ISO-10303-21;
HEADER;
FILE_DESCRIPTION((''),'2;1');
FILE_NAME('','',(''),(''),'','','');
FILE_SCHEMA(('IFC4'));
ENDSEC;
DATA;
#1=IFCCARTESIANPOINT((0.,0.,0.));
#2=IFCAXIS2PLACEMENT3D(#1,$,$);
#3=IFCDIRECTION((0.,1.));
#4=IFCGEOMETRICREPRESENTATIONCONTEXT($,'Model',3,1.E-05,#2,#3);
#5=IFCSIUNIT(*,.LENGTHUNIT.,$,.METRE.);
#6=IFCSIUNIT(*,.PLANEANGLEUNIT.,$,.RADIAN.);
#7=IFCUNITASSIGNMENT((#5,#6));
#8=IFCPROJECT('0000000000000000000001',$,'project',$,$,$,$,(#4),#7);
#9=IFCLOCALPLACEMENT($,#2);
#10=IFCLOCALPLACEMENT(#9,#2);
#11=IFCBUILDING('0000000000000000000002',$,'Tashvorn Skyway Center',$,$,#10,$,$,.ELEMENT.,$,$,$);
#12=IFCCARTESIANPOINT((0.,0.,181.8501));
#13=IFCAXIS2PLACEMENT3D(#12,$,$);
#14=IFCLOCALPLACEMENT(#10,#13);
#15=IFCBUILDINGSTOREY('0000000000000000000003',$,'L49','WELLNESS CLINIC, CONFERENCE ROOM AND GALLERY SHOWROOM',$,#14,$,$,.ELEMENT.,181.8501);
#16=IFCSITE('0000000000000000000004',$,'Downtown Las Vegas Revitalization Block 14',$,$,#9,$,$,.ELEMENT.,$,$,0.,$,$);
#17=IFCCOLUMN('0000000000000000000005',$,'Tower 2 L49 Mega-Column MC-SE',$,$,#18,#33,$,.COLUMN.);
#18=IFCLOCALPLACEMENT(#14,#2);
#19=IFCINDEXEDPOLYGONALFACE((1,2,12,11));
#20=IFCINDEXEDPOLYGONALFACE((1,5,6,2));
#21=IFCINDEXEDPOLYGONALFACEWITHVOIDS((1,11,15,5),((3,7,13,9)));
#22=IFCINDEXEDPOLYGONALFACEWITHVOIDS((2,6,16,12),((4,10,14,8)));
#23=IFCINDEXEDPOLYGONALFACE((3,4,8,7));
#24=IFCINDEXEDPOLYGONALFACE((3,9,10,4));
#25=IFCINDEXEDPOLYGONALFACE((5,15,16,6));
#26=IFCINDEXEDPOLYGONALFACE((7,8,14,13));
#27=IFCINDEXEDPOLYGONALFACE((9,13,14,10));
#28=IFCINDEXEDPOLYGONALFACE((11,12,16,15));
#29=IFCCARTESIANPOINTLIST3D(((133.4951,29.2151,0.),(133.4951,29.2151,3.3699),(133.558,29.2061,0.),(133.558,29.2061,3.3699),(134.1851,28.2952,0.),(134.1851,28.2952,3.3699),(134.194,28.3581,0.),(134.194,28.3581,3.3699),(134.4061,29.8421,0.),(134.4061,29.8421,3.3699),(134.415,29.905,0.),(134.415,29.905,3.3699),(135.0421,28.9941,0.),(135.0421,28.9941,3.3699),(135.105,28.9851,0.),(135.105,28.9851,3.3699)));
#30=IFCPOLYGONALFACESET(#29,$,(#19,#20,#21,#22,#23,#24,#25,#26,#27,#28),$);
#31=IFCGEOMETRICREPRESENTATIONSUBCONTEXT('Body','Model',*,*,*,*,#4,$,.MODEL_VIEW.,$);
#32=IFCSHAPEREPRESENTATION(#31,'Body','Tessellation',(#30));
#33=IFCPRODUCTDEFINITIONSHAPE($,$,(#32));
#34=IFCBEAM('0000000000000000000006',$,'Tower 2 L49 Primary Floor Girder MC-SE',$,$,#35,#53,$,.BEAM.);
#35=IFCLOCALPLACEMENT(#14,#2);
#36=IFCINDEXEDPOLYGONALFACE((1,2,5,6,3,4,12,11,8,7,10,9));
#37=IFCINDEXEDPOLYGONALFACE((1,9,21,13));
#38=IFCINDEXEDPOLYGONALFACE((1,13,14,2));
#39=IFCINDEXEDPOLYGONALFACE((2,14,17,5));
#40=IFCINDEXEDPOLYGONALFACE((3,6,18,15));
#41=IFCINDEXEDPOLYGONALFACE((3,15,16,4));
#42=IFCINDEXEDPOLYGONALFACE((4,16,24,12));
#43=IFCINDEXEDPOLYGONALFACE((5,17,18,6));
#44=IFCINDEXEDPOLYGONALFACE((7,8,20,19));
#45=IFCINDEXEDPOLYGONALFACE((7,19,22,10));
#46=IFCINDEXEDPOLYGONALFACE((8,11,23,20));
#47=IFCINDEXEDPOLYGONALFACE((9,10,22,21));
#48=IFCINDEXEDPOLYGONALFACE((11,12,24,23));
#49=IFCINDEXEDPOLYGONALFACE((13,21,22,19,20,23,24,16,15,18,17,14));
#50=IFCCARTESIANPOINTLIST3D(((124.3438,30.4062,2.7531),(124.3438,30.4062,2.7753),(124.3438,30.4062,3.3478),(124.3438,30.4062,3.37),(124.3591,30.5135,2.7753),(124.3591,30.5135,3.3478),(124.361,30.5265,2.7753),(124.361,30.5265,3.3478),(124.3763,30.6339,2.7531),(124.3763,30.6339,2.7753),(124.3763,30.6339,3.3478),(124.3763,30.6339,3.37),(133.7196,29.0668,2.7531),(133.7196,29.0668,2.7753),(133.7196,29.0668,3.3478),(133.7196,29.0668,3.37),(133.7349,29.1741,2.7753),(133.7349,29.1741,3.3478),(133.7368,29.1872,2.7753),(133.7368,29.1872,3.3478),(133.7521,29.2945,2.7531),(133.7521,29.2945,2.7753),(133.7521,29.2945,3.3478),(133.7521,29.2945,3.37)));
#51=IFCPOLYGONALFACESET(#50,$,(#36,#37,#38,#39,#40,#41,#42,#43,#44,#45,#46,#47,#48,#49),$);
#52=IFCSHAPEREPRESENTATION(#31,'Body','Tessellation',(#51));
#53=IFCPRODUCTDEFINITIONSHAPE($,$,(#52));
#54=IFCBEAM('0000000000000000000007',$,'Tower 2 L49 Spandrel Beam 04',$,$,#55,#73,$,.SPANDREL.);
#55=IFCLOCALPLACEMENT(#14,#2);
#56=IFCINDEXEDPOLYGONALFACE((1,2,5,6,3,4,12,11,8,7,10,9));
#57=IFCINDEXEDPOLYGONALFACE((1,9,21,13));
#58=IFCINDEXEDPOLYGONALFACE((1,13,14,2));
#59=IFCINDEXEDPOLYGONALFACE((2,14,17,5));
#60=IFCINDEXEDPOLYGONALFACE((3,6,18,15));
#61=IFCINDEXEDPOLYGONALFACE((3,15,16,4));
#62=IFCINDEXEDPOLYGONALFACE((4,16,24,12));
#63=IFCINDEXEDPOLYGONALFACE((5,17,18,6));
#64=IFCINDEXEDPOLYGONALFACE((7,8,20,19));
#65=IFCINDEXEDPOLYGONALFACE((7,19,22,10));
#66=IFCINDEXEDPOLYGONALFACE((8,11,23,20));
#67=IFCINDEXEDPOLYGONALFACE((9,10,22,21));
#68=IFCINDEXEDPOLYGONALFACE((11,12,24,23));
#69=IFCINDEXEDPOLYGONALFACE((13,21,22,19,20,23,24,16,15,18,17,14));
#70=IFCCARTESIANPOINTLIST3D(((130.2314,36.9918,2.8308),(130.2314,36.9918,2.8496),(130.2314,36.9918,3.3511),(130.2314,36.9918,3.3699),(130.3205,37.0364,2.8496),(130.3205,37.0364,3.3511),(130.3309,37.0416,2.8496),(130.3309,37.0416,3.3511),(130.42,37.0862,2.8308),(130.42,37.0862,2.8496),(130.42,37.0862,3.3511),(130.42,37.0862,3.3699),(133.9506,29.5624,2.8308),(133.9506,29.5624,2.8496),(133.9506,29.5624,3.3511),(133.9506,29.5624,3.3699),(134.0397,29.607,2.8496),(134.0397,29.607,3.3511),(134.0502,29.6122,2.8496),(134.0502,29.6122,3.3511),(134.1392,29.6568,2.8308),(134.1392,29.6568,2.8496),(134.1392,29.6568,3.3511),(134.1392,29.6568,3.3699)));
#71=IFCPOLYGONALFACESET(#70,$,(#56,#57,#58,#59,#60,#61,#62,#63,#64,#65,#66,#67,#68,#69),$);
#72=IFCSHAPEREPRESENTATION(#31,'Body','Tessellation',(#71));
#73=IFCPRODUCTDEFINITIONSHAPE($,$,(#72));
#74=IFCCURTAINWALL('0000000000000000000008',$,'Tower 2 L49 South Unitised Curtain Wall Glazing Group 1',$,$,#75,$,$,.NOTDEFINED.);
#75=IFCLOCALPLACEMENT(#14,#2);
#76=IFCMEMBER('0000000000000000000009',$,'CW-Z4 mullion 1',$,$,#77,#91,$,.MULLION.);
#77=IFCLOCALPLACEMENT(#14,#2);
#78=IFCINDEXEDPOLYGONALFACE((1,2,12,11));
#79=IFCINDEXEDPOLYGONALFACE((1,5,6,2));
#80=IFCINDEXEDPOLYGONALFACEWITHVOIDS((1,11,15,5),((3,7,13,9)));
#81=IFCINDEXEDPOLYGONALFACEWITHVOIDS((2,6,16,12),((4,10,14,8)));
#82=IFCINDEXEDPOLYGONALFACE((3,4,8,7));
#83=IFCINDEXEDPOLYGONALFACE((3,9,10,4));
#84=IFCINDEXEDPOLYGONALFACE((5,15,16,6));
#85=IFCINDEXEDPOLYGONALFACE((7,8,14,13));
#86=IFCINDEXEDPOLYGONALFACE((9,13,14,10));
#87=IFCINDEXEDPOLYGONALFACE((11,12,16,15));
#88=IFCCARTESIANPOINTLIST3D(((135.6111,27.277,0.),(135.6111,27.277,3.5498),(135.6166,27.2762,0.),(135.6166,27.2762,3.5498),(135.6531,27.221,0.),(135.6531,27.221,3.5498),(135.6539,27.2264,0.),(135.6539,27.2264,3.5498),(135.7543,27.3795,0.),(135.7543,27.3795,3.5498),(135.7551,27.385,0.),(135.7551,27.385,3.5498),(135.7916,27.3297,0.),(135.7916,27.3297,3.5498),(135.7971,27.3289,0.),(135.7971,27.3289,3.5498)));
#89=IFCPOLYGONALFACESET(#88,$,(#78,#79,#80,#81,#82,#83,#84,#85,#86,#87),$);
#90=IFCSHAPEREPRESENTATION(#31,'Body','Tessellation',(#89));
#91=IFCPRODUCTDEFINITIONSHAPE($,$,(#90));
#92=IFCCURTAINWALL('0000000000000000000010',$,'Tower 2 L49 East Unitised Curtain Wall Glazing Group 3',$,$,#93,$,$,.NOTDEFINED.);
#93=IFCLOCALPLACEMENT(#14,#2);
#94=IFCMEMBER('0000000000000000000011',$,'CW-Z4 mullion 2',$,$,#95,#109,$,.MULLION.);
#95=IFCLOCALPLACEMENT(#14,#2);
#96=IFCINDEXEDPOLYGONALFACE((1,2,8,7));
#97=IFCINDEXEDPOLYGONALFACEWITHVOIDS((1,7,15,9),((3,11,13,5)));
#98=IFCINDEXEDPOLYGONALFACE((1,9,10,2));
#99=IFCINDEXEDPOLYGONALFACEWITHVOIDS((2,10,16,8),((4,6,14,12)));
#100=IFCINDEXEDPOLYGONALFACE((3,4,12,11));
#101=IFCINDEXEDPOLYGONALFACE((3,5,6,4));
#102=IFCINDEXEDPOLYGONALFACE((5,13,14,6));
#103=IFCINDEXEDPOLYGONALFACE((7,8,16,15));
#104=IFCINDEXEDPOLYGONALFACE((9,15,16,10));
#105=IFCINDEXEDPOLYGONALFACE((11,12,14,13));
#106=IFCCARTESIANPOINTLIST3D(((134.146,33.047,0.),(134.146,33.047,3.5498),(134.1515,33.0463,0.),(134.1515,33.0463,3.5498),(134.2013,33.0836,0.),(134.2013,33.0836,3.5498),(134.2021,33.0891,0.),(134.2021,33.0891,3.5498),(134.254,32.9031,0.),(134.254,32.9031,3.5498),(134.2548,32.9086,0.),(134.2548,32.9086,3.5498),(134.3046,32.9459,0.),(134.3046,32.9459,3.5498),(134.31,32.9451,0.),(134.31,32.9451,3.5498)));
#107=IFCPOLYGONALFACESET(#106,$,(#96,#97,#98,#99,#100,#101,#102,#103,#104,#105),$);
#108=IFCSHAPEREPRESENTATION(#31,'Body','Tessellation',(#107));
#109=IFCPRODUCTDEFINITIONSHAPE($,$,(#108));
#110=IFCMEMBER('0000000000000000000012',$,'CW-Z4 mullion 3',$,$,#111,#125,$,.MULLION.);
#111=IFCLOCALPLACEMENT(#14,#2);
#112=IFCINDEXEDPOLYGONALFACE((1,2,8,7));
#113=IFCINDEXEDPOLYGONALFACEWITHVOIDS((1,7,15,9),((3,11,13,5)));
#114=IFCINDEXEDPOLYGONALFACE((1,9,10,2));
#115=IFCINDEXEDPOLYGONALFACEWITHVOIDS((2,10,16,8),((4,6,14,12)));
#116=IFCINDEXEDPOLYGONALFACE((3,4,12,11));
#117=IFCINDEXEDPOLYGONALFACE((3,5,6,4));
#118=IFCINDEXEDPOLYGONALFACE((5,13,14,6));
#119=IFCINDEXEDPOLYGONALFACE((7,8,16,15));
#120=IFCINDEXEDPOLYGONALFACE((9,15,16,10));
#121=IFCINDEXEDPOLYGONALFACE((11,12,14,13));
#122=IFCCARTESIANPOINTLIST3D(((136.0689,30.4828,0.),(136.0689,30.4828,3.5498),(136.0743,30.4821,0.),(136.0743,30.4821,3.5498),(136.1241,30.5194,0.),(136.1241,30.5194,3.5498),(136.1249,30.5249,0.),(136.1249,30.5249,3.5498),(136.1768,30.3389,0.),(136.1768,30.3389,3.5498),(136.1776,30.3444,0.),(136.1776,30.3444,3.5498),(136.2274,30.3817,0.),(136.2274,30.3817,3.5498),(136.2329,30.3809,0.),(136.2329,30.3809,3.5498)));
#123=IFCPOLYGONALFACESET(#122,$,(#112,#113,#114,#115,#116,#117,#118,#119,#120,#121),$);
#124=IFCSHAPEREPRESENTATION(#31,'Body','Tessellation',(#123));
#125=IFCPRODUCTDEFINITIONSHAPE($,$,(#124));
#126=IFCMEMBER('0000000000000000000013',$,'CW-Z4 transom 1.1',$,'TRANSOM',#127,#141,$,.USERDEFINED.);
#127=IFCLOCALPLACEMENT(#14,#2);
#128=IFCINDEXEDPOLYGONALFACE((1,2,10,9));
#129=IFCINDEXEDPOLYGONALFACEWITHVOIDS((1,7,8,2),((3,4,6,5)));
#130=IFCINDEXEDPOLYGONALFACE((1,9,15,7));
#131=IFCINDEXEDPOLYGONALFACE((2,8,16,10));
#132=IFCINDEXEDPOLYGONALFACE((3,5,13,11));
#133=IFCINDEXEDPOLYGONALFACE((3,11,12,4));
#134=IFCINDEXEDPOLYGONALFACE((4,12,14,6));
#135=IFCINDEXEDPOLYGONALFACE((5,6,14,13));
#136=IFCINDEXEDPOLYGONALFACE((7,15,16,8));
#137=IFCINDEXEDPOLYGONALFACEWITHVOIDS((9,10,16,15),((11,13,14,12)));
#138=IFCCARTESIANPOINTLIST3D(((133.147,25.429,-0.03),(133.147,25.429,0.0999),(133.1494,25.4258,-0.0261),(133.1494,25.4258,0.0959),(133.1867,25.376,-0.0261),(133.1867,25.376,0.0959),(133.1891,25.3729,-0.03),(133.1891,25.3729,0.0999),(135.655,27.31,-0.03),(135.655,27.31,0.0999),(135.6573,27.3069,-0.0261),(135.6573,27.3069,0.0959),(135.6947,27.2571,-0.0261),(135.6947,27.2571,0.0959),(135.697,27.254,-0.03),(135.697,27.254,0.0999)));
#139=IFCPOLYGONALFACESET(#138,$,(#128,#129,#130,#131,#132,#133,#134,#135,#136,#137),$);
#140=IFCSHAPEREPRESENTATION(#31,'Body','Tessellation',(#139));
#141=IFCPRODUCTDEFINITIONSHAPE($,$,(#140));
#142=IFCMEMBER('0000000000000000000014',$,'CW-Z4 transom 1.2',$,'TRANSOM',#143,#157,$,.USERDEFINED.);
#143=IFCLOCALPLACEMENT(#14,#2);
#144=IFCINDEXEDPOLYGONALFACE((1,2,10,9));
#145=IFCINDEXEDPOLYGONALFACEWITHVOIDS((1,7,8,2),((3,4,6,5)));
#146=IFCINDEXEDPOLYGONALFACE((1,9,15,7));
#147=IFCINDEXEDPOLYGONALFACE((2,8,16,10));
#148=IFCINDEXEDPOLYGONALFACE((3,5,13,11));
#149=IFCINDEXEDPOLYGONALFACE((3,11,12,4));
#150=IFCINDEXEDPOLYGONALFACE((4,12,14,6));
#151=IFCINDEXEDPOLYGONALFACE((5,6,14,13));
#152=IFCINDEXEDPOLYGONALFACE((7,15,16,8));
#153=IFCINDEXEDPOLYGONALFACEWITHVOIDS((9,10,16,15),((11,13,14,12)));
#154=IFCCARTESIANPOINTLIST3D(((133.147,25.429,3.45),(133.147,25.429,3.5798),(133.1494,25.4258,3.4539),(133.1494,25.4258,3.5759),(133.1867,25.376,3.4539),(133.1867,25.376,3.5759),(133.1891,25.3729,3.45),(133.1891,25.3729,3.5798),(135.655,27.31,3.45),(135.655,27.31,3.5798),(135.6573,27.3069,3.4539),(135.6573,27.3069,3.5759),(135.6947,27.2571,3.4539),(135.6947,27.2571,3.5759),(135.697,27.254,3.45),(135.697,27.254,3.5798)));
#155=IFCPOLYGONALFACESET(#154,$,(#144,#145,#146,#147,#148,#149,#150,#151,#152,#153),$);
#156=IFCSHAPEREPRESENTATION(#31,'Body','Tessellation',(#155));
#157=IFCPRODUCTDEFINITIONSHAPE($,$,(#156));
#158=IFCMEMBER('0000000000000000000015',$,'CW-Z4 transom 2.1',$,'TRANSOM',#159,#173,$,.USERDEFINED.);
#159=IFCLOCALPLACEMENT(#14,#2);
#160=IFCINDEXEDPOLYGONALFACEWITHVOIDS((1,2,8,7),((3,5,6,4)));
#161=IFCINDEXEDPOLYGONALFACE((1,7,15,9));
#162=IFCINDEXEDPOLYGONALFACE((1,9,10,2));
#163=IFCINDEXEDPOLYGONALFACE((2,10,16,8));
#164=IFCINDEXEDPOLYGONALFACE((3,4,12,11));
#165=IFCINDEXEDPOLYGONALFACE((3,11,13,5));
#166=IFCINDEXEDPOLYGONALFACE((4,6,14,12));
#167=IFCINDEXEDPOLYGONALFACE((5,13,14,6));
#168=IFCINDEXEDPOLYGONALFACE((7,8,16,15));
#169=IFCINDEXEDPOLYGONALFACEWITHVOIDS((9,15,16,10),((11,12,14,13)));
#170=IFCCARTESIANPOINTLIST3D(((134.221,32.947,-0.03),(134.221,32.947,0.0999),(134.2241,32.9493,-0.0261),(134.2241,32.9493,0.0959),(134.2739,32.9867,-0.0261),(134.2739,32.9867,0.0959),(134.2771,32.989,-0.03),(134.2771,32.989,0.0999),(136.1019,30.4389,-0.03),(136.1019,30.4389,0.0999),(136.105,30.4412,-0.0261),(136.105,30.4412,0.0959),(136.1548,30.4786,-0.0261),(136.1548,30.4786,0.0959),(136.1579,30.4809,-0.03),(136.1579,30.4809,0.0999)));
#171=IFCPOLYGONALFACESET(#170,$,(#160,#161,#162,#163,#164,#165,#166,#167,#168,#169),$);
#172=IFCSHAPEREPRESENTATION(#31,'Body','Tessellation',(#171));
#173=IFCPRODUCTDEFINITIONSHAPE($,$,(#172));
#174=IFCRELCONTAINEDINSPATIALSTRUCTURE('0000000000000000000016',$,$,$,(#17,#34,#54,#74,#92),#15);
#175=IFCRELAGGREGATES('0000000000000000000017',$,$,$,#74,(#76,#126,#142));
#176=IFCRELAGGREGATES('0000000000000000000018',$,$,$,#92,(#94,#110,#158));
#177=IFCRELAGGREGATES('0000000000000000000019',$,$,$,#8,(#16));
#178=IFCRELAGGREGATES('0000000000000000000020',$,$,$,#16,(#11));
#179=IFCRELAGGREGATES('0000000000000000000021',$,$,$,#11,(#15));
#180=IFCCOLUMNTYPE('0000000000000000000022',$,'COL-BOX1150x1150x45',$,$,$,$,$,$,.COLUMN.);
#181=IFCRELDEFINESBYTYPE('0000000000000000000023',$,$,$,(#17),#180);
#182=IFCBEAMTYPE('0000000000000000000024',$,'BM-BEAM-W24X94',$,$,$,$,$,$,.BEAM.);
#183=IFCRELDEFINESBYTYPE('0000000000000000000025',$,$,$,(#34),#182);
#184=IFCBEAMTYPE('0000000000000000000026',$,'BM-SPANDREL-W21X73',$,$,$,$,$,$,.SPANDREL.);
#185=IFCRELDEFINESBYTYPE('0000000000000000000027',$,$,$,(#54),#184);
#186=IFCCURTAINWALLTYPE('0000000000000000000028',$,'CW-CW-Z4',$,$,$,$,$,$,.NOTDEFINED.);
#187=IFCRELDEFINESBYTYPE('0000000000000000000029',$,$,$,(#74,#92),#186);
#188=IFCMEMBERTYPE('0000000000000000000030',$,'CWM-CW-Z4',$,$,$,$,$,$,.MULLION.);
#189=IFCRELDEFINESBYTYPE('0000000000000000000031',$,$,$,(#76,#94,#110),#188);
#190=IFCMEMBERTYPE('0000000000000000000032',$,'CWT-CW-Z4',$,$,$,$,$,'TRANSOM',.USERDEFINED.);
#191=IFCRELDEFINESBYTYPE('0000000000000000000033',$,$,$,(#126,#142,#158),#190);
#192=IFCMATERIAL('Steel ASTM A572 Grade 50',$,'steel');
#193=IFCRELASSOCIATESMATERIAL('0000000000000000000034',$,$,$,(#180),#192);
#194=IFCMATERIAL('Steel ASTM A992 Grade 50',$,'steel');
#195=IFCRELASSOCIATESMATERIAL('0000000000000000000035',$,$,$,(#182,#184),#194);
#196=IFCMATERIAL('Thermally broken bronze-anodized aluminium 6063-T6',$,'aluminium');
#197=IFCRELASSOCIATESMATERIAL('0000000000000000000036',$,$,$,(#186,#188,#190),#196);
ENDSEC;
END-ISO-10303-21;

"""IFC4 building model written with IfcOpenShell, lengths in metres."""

from ifc_helpers import new_model, si_unit, direction, frame, origin, origin_2d, place, context, subcontext, project, spatial, hollow_rectangle, i_section, extrude, material, material_profile, profile_set, type_object, element, aggregate, save


model = new_model("IFC4")

# Units and contexts
model_context = context("Model", 3, precision=1e-05, world=origin(), true_north=direction((0.0, 1.0)))
body_context = subcontext(model_context, "Body", "Model", "MODEL_VIEW")
ifc_project = project(units=[si_unit("LENGTHUNIT", "METRE"), si_unit("PLANEANGLEUNIT", "RADIAN")], contexts=[model_context])

# Site, building, storey
site_placement = place(None, origin())
site = spatial("IfcSite", under=ifc_project, at=site_placement, Name="Downtown Las Vegas Revitalization Block 14", CompositionType="ELEMENT", RefElevation=0.0)
building_placement = place(site_placement, origin())
building = spatial("IfcBuilding", under=site, at=building_placement, Name="Tashvorn Skyway Center", CompositionType="ELEMENT")
storey_placement = place(building_placement, frame((0.0, 0.0, 181.8501)))
storey = spatial("IfcBuildingStorey", under=building, at=storey_placement, Name="L49", Description="WELLNESS CLINIC, CONFERENCE ROOM AND GALLERY SHOWROOM", CompositionType="ELEMENT", Elevation=181.8501)

# Column
ifc_material_1 = material(Name="Steel ASTM A572 Grade 50", Category="steel")
ifc_material_profile_1 = material_profile(ifc_material_1, hollow_rectangle(XDim=1.1499, YDim=1.1499, WallThickness=0.0449, at=origin_2d()), Name="BOX1150x1150x45")
ifc_profile_set_1 = profile_set([ifc_material_profile_1], Name="Steel ASTM A572 Grade 50")
column_type = type_object("IfcColumnType", Name="COL-BOX1150x1150x45", PredefinedType="COLUMN", material=ifc_profile_set_1)
column_placement = place(storey_placement, frame((134.3, 29.1001, 0.0), z_axis=(0.0, 0.0, 1.0), x_axis=(0.8, 0.6, 0.0)))
element("IfcColumn", 1, at=column_placement, inside=storey, type_object=column_type, Name="Tower 2 L49 Mega-Column MC-SE", PredefinedType="COLUMN", context=body_context, shape_type="SweptSolid", body=[
    extrude(hollow_rectangle(XDim=1.1499, YDim=1.1499, WallThickness=0.0449, at=origin_2d()), origin(), (0.0, 0.0, 1.0), 3.3699),
])

# Beams
ifc_material_2 = material(Name="Steel ASTM A992 Grade 50", Category="steel")
ifc_material_profile_2 = material_profile(ifc_material_2, i_section(OverallWidth=0.23, OverallDepth=0.6169, WebThickness=0.0132, FlangeThickness=0.0222, at=origin_2d()), Name="W24X94")
ifc_profile_set_2 = profile_set([ifc_material_profile_2], Name="Steel ASTM A992 Grade 50")
beam_type_1 = type_object("IfcBeamType", Name="BM-BEAM-W24X94", PredefinedType="BEAM", material=ifc_profile_set_2)
beam_1_placement = place(storey_placement, frame((133.7358, 29.1807, 3.0615), z_axis=(-0.98995, 0.141418, 0.0), x_axis=(-0.141418, -0.98995, 0.0)))
element("IfcBeam", 2, at=beam_1_placement, inside=storey, type_object=beam_type_1, Name="Tower 2 L49 Primary Floor Girder MC-SE", PredefinedType="BEAM", context=body_context, shape_type="SweptSolid", body=[
    extrude(i_section(OverallWidth=0.23, OverallDepth=0.6169, WebThickness=0.0132, FlangeThickness=0.0222, at=origin_2d()), origin(), (0.0, 0.0, 1.0), 9.4709),
])
ifc_material_profile_3 = material_profile(ifc_material_2, i_section(OverallWidth=0.2109, OverallDepth=0.5391, WebThickness=0.0117, FlangeThickness=0.0188, at=origin_2d()), Name="W21X73")
ifc_profile_set_3 = profile_set([ifc_material_profile_3], Name="Steel ASTM A992 Grade 50")
beam_type_2 = type_object("IfcBeamType", Name="BM-SPANDREL-W21X73", PredefinedType="SPANDREL", material=ifc_profile_set_3)
beam_2_placement = place(storey_placement, frame((134.0449, 29.6096, 3.1003), z_axis=(-0.447648, 0.89421, 0.0), x_axis=(-0.89421, -0.447648, 0.0)))
element("IfcBeam", 3, at=beam_2_placement, inside=storey, type_object=beam_type_2, Name="Tower 2 L49 Spandrel Beam 04", PredefinedType="SPANDREL", context=body_context, shape_type="SweptSolid", body=[
    extrude(i_section(OverallWidth=0.2109, OverallDepth=0.5391, WebThickness=0.0117, FlangeThickness=0.0188, at=origin_2d()), origin(), (0.0, 0.0, 1.0), 8.3083),
])

# Curtain wall, member
ifc_material_3 = material(Name="Thermally broken bronze-anodized aluminium 6063-T6", Category="aluminium")
curtain_wall_type = type_object("IfcCurtainWallType", Name="CW-CW-Z4", PredefinedType="NOTDEFINED", material=ifc_material_3)
curtain_wall_1_placement = place(storey_placement, origin())
curtain_wall_1 = element("IfcCurtainWall", 4, at=curtain_wall_1_placement, inside=storey, type_object=curtain_wall_type, Name="Tower 2 L49 South Unitised Curtain Wall Glazing Group 1", PredefinedType="NOTDEFINED")
ifc_material_profile_4 = material_profile(ifc_material_3, hollow_rectangle(XDim=0.0701, YDim=0.1799, WallThickness=0.0039, at=origin_2d()), Name="ALU-MULL-70x180")
ifc_profile_set_4 = profile_set([ifc_material_profile_4], Name="Thermally broken bronze-anodized aluminium 6063-T6")
member_type_1 = type_object("IfcMemberType", Name="CWM-CW-Z4", PredefinedType="MULLION", material=ifc_profile_set_4)
member_1_placement = place(storey_placement, frame((135.7041, 27.303, 0.0), z_axis=(0.0, 0.0, 1.0), x_axis=(0.6, -0.8, 0.0)))
member_1 = element("IfcMember", 5, at=member_1_placement, type_object=member_type_1, Name="CW-Z4 mullion 1", PredefinedType="MULLION", context=body_context, shape_type="SweptSolid", body=[
    extrude(hollow_rectangle(XDim=0.0701, YDim=0.1799, WallThickness=0.0039, at=origin_2d()), origin(), (0.0, 0.0, 1.0), 3.5498),
])

# Curtain wall, members
curtain_wall_2_placement = place(storey_placement, origin())
curtain_wall_2 = element("IfcCurtainWall", 6, at=curtain_wall_2_placement, inside=storey, type_object=curtain_wall_type, Name="Tower 2 L49 East Unitised Curtain Wall Glazing Group 3", PredefinedType="NOTDEFINED")
member_2_placement = place(storey_placement, frame((134.228, 32.9961, 0.0), z_axis=(0.0, 0.0, 1.0), x_axis=(0.8, 0.6, 0.0)))
member_2 = element("IfcMember", 7, at=member_2_placement, type_object=member_type_1, Name="CW-Z4 mullion 2", PredefinedType="MULLION", context=body_context, shape_type="SweptSolid", body=[
    extrude(hollow_rectangle(XDim=0.0701, YDim=0.1799, WallThickness=0.0039, at=origin_2d()), origin(), (0.0, 0.0, 1.0), 3.5498),
])
member_3_placement = place(storey_placement, frame((136.1509, 30.4319, 0.0), z_axis=(0.0, 0.0, 1.0), x_axis=(0.8, 0.6, 0.0)))
member_3 = element("IfcMember", 8, at=member_3_placement, type_object=member_type_1, Name="CW-Z4 mullion 3", PredefinedType="MULLION", context=body_context, shape_type="SweptSolid", body=[
    extrude(hollow_rectangle(XDim=0.0701, YDim=0.1799, WallThickness=0.0039, at=origin_2d()), origin(), (0.0, 0.0, 1.0), 3.5498),
])

# Members
ifc_material_profile_5 = material_profile(ifc_material_3, hollow_rectangle(XDim=0.0701, YDim=0.1299, WallThickness=0.0039, at=origin_2d()), Name="ALU-TRAN-70x130")
ifc_profile_set_5 = profile_set([ifc_material_profile_5], Name="Thermally broken bronze-anodized aluminium 6063-T6")
member_type_2 = type_object("IfcMemberType", Name="CWT-CW-Z4", ElementType="TRANSOM", PredefinedType="USERDEFINED", material=ifc_profile_set_5)
member_4_placement = place(storey_placement, frame((135.676, 27.282, 0.0349), z_axis=(-0.799991, -0.600012, 0.0), x_axis=(0.600012, -0.799991, 0.0)))
member_4 = element("IfcMember", 9, at=member_4_placement, type_object=member_type_2, Name="CW-Z4 transom 1.1", ObjectType="TRANSOM", PredefinedType="USERDEFINED", context=body_context, shape_type="SweptSolid", body=[
    extrude(hollow_rectangle(XDim=0.0701, YDim=0.1299, WallThickness=0.0039, at=origin_2d()), origin(), (0.0, 0.0, 1.0), 3.135),
])
member_5_placement = place(storey_placement, frame((135.676, 27.282, 3.5149), z_axis=(-0.799991, -0.600012, 0.0), x_axis=(0.600012, -0.799991, 0.0)))
member_5 = element("IfcMember", 10, at=member_5_placement, type_object=member_type_2, Name="CW-Z4 transom 1.2", ObjectType="TRANSOM", PredefinedType="USERDEFINED", context=body_context, shape_type="SweptSolid", body=[
    extrude(hollow_rectangle(XDim=0.0701, YDim=0.1299, WallThickness=0.0039, at=origin_2d()), origin(), (0.0, 0.0, 1.0), 3.135),
])
member_6_placement = place(storey_placement, frame((134.249, 32.968, 0.0349), z_axis=(0.599963, -0.800028, 0.0), x_axis=(0.800028, 0.599963, 0.0)))
member_6 = element("IfcMember", 11, at=member_6_placement, type_object=member_type_2, Name="CW-Z4 transom 2.1", ObjectType="TRANSOM", PredefinedType="USERDEFINED", context=body_context, shape_type="SweptSolid", body=[
    extrude(hollow_rectangle(XDim=0.0701, YDim=0.1299, WallThickness=0.0039, at=origin_2d()), origin(), (0.0, 0.0, 1.0), 3.135),
])

aggregate(curtain_wall_1, [member_1, member_4, member_5])
aggregate(curtain_wall_2, [member_2, member_3, member_6])

save(model, "model.ifc")
